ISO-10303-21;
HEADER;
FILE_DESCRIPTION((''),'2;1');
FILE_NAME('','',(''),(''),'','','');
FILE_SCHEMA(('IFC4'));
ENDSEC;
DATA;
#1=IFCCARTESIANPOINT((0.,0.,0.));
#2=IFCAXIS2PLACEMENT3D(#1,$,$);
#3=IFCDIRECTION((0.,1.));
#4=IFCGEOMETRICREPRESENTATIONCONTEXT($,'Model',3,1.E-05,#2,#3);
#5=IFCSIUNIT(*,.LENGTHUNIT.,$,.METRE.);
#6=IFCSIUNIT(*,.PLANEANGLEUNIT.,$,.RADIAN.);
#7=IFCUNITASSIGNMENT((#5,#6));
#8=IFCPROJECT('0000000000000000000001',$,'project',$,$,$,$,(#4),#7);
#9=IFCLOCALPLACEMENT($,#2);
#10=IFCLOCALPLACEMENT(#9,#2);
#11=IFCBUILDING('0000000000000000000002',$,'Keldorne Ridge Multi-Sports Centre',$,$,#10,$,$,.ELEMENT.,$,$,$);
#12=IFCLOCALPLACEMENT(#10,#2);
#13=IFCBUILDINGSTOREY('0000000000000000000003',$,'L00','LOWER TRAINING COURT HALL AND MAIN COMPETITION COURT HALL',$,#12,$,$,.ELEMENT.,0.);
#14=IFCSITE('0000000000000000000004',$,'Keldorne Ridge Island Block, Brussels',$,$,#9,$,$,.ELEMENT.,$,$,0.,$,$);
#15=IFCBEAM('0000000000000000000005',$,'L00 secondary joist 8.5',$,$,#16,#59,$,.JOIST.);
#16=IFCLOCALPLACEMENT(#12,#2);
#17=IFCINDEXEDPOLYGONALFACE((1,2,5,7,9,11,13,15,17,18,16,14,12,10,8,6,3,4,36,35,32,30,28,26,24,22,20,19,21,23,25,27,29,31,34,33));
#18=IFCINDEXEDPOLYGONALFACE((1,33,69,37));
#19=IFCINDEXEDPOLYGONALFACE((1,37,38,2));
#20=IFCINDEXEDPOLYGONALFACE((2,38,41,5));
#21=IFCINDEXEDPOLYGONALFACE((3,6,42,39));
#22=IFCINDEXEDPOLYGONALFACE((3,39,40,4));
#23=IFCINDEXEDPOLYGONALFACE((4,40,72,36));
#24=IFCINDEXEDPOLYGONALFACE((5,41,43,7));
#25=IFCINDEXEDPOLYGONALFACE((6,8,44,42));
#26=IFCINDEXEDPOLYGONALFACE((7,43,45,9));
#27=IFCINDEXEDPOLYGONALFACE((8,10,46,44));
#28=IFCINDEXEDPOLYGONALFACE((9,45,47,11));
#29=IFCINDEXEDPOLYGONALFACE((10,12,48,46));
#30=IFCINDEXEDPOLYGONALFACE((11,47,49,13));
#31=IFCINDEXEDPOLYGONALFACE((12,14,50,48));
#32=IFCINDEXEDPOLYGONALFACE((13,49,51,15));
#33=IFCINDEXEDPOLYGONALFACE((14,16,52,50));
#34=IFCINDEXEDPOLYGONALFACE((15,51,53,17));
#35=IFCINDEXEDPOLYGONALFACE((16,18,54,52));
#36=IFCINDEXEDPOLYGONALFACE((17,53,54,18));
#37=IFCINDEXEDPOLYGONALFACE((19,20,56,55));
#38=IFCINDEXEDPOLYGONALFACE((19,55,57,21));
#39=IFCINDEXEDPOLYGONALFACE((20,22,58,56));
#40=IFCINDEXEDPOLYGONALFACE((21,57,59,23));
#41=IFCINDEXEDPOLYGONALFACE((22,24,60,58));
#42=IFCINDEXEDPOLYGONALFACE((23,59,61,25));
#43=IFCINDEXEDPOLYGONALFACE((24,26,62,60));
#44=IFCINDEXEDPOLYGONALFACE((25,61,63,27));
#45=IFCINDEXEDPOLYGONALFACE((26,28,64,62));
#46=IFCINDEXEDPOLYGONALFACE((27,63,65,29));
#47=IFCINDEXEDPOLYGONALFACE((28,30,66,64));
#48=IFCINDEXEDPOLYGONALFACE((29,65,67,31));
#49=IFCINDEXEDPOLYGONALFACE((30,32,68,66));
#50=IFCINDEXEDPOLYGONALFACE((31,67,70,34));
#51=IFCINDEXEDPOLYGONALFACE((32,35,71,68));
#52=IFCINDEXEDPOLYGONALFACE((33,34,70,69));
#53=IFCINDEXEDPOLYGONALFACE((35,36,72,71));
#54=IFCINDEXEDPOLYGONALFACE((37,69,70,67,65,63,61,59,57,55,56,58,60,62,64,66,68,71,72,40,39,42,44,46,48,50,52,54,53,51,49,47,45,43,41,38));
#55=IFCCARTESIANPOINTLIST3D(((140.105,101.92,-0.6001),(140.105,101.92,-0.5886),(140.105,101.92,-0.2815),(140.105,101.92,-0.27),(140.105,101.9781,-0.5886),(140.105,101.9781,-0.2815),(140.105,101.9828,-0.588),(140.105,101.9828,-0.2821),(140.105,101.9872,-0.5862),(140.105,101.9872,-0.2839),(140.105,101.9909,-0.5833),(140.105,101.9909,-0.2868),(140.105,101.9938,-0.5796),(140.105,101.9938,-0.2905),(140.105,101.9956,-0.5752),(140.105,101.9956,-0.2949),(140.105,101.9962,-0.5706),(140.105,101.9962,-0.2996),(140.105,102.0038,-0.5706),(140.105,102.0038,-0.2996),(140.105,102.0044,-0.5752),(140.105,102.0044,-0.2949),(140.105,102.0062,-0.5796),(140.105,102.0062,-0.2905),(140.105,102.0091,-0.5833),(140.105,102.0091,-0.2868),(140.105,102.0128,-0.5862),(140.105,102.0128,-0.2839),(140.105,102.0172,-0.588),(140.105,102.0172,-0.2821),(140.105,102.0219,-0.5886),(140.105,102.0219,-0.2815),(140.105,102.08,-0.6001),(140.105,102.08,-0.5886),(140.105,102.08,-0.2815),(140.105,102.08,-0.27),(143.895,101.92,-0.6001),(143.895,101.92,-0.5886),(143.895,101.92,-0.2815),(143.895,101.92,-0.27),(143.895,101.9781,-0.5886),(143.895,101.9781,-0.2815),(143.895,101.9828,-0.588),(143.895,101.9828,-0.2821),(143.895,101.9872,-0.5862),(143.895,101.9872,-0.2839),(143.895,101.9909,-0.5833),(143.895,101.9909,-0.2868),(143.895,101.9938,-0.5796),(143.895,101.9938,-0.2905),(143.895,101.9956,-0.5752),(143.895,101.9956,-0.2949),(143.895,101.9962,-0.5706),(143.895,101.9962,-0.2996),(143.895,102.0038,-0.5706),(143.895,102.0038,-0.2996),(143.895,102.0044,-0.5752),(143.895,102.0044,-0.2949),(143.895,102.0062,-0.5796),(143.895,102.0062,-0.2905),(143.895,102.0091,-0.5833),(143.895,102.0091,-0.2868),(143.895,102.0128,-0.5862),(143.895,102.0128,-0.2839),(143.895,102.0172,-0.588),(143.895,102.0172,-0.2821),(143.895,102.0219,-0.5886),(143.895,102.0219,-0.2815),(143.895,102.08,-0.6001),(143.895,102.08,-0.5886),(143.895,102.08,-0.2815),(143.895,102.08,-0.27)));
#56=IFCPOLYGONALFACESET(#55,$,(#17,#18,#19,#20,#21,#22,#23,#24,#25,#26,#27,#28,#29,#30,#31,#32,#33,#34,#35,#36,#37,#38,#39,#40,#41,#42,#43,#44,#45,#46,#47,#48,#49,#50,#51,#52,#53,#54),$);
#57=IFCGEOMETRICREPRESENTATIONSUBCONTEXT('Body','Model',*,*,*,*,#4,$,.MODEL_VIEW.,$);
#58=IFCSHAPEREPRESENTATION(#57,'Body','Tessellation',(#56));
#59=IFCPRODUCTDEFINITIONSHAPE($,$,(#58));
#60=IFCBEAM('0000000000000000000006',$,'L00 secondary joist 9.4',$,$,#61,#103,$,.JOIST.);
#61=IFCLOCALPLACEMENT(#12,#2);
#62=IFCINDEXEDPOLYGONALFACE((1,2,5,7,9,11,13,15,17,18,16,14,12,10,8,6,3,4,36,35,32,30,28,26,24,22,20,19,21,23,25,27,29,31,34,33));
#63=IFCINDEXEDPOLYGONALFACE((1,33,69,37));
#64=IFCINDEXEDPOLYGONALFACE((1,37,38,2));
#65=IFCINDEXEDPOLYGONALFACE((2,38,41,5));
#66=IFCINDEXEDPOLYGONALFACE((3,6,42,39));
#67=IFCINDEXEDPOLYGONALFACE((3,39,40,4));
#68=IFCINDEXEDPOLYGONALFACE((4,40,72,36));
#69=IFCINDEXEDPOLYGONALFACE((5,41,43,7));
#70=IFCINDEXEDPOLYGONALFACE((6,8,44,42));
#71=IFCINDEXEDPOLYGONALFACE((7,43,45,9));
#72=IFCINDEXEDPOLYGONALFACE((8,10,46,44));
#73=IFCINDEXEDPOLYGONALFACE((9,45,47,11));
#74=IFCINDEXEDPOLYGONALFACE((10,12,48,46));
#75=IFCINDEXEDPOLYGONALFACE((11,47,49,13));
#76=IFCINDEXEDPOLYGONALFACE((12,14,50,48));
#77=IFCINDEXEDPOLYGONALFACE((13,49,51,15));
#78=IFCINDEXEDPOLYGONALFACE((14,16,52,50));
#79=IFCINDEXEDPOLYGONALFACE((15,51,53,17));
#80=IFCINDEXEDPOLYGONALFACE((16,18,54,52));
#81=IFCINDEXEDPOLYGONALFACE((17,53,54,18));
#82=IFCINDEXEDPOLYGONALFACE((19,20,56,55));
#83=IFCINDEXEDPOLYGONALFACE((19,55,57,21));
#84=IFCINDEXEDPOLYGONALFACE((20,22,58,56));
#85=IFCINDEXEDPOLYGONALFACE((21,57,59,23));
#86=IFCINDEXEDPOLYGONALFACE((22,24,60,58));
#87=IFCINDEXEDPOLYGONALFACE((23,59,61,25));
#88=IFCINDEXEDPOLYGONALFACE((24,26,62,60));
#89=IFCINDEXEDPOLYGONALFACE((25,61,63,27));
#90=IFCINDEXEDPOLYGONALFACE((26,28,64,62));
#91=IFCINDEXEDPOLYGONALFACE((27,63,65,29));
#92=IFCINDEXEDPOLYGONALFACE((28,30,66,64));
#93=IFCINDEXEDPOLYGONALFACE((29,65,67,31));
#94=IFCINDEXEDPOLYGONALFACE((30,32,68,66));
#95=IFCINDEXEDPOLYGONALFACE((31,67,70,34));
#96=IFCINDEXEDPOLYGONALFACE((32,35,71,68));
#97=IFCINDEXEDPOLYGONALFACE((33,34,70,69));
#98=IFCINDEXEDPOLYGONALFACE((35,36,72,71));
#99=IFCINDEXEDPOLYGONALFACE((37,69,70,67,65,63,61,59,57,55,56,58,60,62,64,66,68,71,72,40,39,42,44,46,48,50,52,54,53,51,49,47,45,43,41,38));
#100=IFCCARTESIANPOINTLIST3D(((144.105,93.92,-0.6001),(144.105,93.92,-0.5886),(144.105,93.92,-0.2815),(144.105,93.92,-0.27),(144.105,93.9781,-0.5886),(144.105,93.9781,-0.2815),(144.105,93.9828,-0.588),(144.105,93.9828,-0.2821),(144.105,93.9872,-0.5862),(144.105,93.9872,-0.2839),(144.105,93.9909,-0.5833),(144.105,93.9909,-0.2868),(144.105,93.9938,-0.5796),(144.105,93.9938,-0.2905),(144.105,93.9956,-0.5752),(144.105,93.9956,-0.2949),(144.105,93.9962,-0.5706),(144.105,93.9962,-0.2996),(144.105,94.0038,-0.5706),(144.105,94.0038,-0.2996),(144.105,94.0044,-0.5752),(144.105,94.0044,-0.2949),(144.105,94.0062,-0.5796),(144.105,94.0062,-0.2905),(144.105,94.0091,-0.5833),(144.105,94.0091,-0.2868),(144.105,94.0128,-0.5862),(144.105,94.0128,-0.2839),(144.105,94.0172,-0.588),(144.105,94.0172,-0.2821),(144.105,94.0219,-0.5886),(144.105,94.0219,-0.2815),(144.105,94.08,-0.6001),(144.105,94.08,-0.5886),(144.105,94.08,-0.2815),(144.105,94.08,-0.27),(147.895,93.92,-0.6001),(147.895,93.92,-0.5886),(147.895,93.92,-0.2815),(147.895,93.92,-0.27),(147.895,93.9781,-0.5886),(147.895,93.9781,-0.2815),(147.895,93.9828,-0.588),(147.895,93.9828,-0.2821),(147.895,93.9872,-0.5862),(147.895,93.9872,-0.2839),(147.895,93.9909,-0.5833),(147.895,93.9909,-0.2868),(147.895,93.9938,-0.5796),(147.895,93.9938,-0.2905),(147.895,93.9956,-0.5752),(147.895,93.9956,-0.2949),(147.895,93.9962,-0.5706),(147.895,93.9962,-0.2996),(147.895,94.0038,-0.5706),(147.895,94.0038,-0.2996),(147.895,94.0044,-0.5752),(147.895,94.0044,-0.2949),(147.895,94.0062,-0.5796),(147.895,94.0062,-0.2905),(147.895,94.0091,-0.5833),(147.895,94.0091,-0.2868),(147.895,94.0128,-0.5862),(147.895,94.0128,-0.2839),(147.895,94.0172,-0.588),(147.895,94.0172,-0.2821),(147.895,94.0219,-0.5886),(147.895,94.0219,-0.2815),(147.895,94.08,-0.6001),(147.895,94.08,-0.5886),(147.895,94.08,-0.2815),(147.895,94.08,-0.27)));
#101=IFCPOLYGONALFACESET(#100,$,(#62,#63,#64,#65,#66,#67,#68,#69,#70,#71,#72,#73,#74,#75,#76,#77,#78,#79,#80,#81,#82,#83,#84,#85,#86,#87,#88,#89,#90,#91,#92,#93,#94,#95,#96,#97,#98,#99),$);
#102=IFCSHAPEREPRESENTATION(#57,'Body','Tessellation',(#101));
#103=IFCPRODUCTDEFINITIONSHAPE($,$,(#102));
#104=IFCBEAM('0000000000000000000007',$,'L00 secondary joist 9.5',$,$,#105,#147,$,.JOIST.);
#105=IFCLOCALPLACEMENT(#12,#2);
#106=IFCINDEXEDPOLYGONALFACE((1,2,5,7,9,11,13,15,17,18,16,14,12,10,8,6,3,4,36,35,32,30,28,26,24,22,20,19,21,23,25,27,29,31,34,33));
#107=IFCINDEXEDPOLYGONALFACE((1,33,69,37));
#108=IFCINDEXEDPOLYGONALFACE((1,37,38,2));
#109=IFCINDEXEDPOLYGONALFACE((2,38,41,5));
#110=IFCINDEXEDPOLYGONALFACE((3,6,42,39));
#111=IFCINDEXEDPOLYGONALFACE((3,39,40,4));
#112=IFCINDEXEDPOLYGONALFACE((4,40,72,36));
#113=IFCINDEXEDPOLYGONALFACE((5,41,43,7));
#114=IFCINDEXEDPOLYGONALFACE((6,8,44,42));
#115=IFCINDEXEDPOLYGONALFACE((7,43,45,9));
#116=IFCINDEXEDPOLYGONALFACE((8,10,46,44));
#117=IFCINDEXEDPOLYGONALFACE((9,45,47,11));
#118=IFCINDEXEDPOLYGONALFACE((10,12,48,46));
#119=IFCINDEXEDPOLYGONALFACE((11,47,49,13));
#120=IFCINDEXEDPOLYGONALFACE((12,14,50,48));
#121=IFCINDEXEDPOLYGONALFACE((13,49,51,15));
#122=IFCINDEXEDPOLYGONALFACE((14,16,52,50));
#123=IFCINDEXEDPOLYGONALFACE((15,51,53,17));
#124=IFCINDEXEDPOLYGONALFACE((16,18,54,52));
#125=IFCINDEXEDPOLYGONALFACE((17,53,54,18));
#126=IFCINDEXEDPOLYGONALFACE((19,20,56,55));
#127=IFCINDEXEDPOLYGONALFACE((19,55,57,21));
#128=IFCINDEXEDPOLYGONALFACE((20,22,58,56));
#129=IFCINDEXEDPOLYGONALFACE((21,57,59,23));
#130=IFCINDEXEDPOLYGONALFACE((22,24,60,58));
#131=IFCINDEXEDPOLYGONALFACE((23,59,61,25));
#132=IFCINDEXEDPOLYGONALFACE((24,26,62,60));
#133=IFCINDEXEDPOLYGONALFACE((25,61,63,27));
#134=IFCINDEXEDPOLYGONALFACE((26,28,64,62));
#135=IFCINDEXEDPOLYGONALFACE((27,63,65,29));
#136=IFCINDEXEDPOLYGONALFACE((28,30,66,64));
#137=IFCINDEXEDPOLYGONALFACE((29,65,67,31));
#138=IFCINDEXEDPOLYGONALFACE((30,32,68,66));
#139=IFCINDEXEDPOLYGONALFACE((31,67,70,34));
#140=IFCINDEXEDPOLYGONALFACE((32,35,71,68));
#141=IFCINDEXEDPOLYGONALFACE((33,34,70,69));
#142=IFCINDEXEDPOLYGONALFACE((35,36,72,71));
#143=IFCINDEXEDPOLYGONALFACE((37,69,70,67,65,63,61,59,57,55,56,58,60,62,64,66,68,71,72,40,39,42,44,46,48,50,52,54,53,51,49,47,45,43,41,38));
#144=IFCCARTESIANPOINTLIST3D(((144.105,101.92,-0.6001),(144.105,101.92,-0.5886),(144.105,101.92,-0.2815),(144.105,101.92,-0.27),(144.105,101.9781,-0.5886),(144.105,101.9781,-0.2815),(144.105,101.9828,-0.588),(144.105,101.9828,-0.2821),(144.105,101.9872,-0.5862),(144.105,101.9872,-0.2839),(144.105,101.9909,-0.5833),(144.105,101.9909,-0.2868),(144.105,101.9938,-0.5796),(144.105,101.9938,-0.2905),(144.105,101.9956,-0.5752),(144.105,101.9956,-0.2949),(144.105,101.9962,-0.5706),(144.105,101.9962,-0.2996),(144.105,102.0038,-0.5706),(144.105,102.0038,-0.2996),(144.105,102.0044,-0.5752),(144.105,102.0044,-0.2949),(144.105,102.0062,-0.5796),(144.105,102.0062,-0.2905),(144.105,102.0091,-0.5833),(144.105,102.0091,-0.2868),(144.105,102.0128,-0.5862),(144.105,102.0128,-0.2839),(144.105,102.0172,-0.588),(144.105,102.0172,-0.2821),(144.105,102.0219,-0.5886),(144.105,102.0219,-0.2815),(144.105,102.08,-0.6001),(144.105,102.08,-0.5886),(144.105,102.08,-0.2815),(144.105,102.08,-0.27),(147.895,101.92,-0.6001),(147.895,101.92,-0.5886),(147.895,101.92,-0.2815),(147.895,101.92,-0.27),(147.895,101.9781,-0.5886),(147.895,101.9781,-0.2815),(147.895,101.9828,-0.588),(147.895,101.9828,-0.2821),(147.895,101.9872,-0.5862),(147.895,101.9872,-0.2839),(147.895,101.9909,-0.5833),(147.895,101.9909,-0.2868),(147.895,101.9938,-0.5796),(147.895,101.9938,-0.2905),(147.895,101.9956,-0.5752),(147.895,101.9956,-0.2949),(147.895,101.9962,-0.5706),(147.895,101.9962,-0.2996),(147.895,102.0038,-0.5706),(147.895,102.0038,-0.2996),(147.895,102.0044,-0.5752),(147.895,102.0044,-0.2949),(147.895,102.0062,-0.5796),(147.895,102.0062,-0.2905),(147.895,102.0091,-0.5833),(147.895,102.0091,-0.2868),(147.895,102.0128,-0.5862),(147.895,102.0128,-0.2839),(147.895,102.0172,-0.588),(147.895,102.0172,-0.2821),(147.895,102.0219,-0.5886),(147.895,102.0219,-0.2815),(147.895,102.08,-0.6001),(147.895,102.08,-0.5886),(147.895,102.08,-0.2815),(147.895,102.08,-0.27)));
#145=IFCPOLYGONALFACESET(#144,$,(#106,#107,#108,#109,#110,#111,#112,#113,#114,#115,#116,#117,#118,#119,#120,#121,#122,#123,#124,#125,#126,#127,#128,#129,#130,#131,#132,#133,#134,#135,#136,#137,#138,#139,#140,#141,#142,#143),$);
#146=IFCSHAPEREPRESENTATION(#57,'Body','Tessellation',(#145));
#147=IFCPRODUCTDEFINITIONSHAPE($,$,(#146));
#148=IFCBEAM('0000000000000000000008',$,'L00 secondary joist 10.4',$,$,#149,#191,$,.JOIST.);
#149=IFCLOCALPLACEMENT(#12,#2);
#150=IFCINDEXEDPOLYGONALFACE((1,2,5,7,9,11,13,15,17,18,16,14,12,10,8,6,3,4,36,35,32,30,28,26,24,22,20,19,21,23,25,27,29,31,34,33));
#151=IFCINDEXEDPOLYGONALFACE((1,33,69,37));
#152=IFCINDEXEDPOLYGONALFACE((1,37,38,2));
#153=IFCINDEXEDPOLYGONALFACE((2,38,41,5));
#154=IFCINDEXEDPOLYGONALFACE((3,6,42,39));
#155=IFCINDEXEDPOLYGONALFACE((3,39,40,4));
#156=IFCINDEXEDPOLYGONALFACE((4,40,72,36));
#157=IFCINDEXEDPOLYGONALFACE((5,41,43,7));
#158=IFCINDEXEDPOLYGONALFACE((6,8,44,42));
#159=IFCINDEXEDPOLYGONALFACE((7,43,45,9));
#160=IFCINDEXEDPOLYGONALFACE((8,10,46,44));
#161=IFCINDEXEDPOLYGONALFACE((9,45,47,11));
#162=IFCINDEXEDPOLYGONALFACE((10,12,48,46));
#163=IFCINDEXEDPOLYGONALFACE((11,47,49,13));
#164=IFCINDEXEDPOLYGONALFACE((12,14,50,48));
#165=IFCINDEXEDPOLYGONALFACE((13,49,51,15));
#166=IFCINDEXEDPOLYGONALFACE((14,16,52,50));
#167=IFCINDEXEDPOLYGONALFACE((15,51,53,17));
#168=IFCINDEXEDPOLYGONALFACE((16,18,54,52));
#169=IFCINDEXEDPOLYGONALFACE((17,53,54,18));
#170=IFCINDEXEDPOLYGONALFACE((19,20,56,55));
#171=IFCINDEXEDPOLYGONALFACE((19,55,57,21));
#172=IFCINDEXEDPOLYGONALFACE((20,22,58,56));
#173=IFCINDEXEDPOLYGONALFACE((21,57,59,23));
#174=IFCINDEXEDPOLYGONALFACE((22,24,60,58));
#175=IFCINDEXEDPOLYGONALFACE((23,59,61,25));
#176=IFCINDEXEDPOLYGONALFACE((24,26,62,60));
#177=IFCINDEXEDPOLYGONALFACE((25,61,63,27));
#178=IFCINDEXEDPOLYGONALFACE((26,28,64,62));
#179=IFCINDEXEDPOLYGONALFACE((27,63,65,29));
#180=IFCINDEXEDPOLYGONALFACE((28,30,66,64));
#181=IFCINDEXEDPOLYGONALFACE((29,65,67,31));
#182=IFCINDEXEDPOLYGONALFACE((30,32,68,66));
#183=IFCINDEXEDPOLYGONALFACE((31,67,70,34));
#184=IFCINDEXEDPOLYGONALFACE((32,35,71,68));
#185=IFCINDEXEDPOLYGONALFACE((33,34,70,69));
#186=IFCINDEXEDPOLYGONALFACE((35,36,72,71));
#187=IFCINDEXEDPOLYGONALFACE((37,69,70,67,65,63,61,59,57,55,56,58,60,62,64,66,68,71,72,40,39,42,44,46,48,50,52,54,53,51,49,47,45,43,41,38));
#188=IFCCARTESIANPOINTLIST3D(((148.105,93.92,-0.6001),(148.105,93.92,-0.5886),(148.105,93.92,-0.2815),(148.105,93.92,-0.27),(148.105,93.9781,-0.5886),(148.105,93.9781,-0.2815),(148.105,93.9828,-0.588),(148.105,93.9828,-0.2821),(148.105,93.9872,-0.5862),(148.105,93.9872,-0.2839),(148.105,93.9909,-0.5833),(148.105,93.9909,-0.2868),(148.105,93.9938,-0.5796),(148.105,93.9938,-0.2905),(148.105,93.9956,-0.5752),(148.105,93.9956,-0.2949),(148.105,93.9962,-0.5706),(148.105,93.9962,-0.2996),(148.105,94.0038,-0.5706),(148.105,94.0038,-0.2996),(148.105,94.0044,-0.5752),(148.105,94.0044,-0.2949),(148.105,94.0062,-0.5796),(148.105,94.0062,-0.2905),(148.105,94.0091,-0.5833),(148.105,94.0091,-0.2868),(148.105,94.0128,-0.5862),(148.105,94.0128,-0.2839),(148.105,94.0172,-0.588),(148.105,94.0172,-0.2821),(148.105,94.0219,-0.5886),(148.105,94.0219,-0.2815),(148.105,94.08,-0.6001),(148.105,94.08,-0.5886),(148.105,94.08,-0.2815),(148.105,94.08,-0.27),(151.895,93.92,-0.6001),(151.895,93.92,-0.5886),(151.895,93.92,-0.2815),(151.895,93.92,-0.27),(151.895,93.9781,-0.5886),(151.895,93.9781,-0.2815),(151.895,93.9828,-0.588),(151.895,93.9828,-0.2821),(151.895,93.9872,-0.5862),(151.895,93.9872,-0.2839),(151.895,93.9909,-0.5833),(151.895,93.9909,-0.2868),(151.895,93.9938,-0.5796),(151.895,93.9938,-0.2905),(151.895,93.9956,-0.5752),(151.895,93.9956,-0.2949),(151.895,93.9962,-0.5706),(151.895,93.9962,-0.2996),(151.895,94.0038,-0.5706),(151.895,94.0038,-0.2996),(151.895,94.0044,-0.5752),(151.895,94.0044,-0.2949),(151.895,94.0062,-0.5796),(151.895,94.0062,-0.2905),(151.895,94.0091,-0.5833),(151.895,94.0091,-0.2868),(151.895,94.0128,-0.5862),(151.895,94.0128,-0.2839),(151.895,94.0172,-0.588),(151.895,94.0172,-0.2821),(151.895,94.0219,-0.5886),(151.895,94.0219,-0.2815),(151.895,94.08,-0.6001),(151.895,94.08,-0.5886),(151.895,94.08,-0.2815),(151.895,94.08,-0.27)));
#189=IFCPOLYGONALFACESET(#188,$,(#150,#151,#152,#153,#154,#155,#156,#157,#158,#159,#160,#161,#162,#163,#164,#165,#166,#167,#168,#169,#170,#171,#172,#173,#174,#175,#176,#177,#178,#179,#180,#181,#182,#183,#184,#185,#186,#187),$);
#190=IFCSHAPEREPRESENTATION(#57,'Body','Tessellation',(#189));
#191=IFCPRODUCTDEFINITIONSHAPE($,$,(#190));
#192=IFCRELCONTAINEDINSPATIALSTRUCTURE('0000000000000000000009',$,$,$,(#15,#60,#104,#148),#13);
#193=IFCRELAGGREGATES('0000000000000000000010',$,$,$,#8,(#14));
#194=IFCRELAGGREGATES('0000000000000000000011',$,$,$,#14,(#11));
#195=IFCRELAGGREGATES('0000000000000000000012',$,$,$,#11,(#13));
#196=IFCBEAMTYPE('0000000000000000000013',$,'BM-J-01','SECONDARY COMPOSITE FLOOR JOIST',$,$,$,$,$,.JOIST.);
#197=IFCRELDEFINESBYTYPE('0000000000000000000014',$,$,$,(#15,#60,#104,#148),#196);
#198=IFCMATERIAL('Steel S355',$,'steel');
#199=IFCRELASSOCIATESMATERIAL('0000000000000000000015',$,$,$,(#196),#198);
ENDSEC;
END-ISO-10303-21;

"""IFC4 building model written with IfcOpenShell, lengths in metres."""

from ifc_helpers import new_model, si_unit, direction, frame, origin, origin_2d, place, context, subcontext, project, spatial, i_section, extrude, material, material_profile, profile_set, type_object, element, save


model = new_model("IFC4")

# Units and contexts
model_context = context("Model", 3, precision=1e-05, world=origin(), true_north=direction((0.0, 1.0)))
body_context = subcontext(model_context, "Body", "Model", "MODEL_VIEW")
ifc_project = project(units=[si_unit("LENGTHUNIT", "METRE"), si_unit("PLANEANGLEUNIT", "RADIAN")], contexts=[model_context])

# Site, building, storey
site_placement = place(None, origin())
site = spatial("IfcSite", under=ifc_project, at=site_placement, Name="Keldorne Ridge Island Block, Brussels", CompositionType="ELEMENT", RefElevation=0.0)
building_placement = place(site_placement, origin())
building = spatial("IfcBuilding", under=site, at=building_placement, Name="Keldorne Ridge Multi-Sports Centre", CompositionType="ELEMENT")
storey_placement = place(building_placement, origin())
storey = spatial("IfcBuildingStorey", under=building, at=storey_placement, Name="L00", Description="LOWER TRAINING COURT HALL AND MAIN COMPETITION COURT HALL", CompositionType="ELEMENT", Elevation=0.0)

# Shared definitions
ifc_material_1 = material(Name="Steel S355", Category="steel")

# Beams
ifc_material_profile_1 = material_profile(ifc_material_1, i_section(OverallWidth=0.1599, OverallDepth=0.3301, WebThickness=0.0076, FlangeThickness=0.0115, FilletRadius=0.0181, at=origin_2d()), Name="IPE 330")
ifc_profile_set_1 = profile_set([ifc_material_profile_1], Name="Steel S355")
beam_type_1 = type_object("IfcBeamType", Name="BM-J-01", Description="SECONDARY COMPOSITE FLOOR JOIST", PredefinedType="JOIST", material=ifc_profile_set_1)
for number, where, z_axis, x_axis, name in (
    (1, (140.105, 102.0, -0.4351), (1.0, 0.0, 0.0), (0.0, 1.0, 0.0), "L00 secondary joist 8.5"),
    (2, (144.105, 94.0, -0.4351), (1.0, 0.0, 0.0), (0.0, 1.0, 0.0), "L00 secondary joist 9.4"),
    (3, (144.105, 102.0, -0.4351), (1.0, 0.0, 0.0), (0.0, 1.0, 0.0), "L00 secondary joist 9.5"),
    (4, (148.105, 94.0, -0.4351), (1.0, 0.0, 0.0), (0.0, 1.0, 0.0), "L00 secondary joist 10.4"),
):
    element("IfcBeam", number, at=place(storey_placement, frame(where, z_axis=z_axis, x_axis=x_axis)), inside=storey, type_object=beam_type_1, Name=name, PredefinedType="JOIST", context=body_context, shape_type="SweptSolid", body=[
        extrude(i_section(OverallWidth=0.1599, OverallDepth=0.3301, WebThickness=0.0076, FlangeThickness=0.0115, FilletRadius=0.0181, at=origin_2d()), origin(), (0.0, 0.0, 1.0), 3.79),
    ])

save(model, "model.ifc")
